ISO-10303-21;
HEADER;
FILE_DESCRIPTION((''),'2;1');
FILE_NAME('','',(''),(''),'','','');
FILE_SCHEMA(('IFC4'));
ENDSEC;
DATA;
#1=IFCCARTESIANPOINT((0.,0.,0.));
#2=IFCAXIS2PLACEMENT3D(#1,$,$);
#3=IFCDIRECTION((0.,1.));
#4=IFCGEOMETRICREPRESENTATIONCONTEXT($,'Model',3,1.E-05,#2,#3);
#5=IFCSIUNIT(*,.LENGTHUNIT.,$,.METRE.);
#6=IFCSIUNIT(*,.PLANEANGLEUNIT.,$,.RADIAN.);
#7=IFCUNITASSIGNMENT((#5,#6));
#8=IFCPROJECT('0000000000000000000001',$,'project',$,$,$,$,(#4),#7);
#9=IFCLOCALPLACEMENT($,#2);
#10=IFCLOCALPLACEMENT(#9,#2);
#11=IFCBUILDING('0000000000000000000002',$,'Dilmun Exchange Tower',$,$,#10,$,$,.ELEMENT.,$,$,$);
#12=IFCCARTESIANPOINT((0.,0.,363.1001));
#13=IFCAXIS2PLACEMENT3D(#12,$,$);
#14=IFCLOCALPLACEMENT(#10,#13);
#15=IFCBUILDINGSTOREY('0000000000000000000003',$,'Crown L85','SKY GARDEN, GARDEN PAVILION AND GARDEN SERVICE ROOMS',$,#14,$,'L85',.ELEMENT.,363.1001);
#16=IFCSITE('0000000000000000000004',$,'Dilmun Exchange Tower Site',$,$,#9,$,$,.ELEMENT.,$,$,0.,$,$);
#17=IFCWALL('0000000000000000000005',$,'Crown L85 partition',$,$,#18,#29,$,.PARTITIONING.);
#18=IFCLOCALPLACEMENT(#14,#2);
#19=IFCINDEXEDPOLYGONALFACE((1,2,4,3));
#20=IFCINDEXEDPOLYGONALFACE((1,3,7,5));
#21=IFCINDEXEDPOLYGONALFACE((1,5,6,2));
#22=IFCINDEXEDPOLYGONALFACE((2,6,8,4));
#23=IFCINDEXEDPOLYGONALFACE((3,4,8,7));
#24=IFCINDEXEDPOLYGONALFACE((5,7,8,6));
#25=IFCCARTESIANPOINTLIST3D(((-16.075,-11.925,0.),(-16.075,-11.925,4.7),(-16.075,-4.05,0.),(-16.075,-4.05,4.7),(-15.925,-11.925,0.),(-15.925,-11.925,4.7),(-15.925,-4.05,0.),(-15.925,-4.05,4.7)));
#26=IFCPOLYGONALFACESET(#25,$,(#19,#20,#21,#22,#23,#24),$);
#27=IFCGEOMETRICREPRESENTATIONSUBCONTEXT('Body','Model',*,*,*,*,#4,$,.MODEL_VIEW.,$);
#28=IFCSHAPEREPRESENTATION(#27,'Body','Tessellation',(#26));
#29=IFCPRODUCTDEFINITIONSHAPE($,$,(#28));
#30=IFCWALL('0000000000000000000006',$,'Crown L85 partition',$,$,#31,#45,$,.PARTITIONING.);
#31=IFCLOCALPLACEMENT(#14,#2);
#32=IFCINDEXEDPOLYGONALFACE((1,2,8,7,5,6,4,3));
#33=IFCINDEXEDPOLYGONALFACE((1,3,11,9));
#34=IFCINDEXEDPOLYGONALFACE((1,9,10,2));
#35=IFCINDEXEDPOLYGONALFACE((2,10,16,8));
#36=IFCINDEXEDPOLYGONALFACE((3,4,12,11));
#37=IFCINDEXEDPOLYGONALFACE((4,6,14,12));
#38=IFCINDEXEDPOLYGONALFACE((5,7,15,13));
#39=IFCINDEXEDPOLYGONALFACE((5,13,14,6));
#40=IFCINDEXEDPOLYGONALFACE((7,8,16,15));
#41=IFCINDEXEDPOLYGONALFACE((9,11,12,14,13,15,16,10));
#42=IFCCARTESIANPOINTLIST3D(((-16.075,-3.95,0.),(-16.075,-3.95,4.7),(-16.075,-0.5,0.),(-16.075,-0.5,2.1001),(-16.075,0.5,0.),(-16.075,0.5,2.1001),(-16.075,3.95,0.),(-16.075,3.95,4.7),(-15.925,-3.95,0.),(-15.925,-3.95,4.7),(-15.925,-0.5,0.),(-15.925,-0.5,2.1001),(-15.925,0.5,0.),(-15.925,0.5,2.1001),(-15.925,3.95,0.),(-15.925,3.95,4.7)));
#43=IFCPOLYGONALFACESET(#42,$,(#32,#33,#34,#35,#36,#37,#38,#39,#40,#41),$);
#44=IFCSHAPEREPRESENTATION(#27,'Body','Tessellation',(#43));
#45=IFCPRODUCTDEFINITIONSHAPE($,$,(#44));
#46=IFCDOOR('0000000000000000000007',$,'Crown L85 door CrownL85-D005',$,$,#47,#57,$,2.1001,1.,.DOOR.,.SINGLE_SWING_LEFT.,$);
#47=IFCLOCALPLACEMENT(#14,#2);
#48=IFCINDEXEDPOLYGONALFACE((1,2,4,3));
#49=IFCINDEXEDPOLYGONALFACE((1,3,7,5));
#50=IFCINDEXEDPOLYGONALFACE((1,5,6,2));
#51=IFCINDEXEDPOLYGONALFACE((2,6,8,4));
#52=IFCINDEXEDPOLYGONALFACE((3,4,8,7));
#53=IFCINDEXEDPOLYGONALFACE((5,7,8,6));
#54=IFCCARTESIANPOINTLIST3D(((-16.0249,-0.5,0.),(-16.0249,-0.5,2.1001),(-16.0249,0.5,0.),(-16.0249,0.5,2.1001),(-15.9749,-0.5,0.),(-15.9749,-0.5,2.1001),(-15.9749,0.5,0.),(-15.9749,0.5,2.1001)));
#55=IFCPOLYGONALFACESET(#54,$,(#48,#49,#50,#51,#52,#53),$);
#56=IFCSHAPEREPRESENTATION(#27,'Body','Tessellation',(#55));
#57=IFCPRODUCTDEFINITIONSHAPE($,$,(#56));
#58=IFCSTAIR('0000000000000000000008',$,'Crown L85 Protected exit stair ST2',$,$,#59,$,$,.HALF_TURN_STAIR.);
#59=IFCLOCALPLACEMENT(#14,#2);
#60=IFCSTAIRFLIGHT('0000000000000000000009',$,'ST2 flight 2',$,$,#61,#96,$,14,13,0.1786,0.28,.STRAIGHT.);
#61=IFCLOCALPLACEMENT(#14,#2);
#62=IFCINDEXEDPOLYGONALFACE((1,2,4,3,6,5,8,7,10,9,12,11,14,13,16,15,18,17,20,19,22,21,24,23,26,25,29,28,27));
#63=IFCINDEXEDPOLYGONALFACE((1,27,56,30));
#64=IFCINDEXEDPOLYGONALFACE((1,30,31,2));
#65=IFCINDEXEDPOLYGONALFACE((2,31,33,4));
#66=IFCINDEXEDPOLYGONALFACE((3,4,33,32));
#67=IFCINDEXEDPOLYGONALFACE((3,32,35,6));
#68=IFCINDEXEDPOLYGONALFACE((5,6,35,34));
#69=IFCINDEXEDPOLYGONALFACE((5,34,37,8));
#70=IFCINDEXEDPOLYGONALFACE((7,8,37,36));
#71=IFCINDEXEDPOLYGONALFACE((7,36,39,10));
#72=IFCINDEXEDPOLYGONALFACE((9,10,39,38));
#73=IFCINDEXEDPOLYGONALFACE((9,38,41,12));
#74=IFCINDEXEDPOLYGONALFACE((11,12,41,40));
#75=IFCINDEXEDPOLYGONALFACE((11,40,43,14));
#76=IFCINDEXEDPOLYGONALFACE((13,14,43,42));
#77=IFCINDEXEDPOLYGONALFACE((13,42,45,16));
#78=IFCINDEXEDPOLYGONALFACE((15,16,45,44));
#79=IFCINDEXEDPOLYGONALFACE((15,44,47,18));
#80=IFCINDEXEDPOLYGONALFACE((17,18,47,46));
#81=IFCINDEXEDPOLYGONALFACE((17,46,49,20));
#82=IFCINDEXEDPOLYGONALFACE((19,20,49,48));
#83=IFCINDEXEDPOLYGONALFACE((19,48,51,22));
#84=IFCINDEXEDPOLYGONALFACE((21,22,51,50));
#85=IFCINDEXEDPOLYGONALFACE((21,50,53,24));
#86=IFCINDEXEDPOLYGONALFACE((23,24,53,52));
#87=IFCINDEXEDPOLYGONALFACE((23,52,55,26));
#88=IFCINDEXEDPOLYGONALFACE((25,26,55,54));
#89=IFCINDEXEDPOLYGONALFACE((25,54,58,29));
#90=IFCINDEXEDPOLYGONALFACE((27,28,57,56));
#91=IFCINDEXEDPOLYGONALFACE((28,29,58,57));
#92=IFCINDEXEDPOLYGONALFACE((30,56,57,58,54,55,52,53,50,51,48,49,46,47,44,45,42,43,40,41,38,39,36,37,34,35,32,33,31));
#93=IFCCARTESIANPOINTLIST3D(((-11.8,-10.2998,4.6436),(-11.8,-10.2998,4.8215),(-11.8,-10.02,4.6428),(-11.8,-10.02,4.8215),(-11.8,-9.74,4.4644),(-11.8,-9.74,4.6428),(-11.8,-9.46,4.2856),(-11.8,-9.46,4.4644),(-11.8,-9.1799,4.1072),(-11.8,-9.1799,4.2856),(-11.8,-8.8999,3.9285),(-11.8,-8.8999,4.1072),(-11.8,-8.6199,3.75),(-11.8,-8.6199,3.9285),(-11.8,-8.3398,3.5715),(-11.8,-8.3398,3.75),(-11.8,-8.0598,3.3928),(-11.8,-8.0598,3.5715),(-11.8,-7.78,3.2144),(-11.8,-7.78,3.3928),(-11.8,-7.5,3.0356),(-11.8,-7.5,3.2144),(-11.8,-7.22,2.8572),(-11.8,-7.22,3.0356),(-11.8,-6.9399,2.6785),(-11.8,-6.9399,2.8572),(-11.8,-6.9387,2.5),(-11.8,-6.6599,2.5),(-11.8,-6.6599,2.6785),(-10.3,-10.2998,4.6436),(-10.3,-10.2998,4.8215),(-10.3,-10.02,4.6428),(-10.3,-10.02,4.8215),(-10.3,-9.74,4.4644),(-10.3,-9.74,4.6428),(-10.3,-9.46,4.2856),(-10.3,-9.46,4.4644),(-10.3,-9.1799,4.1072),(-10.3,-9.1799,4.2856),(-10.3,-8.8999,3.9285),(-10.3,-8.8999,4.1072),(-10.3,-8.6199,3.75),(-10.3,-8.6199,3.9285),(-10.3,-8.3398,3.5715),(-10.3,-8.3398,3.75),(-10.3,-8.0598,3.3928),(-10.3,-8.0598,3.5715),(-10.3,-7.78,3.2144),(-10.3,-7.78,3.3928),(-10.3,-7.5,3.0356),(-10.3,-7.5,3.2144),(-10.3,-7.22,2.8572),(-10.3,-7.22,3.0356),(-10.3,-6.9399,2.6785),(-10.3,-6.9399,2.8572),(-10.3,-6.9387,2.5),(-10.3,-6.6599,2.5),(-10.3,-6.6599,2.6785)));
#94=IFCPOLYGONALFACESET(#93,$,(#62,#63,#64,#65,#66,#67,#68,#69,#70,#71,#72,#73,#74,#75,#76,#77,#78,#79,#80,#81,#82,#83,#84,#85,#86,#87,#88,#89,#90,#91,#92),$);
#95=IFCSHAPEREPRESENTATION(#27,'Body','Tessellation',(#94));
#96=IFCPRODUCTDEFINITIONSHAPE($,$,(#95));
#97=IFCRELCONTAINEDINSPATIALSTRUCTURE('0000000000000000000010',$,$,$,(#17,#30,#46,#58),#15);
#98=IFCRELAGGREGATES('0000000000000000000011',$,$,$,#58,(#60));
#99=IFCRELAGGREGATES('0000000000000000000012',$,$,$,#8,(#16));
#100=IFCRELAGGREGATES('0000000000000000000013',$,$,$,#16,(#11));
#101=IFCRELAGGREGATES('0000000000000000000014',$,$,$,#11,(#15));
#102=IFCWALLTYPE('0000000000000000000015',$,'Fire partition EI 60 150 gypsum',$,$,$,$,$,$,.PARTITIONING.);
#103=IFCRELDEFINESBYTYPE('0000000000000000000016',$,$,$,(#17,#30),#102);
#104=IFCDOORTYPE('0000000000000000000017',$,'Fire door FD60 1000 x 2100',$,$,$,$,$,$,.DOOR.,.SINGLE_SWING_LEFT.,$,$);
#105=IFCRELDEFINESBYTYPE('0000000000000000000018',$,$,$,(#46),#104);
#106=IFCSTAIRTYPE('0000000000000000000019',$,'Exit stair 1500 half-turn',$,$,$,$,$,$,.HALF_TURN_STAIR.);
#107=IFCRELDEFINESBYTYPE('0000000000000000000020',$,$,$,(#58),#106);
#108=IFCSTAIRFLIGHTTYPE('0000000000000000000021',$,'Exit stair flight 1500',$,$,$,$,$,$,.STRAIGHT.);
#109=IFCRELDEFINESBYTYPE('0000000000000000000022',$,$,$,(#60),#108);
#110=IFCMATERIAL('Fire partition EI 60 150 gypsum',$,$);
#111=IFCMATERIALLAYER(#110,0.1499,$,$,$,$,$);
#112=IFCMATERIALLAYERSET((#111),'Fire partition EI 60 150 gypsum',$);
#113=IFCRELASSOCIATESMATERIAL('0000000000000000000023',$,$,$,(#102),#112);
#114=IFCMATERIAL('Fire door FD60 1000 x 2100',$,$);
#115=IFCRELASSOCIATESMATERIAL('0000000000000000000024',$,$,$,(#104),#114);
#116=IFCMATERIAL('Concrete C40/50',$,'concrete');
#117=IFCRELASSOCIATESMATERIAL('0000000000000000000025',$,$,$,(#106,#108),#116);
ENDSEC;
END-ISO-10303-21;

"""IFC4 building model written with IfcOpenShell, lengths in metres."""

from ifc_helpers import new_model, si_unit, direction, frame, frame_2d, origin, place, context, subcontext, project, spatial, polyline, rectangle, outline, extrude, material, layer, layer_set, type_object, element, fill, aggregate, save


model = new_model("IFC4")

# Units and contexts
model_context = context("Model", 3, precision=1e-05, world=origin(), true_north=direction((0.0, 1.0)))
body_context = subcontext(model_context, "Body", "Model", "MODEL_VIEW")
ifc_project = project(units=[si_unit("LENGTHUNIT", "METRE"), si_unit("PLANEANGLEUNIT", "RADIAN")], contexts=[model_context])

# Site, building, storey
site_placement = place(None, origin())
site = spatial("IfcSite", under=ifc_project, at=site_placement, Name="Dilmun Exchange Tower Site", CompositionType="ELEMENT", RefElevation=0.0)
building_placement = place(site_placement, origin())
building = spatial("IfcBuilding", under=site, at=building_placement, Name="Dilmun Exchange Tower", CompositionType="ELEMENT")
storey_placement = place(building_placement, frame((0.0, 0.0, 363.1001)))
storey = spatial("IfcBuildingStorey", under=building, at=storey_placement, Name="Crown L85", Description="SKY GARDEN, GARDEN PAVILION AND GARDEN SERVICE ROOMS", LongName="L85", CompositionType="ELEMENT", Elevation=363.1001)

# Shared definitions
ifc_material_1 = material(Name="Concrete C40/50", Category="concrete")

# Wall
ifc_material_2 = material(Name="Fire partition EI 60 150 gypsum")
ifc_layer_1 = layer(ifc_material_2, 0.1499)
ifc_layer_set_1 = layer_set([ifc_layer_1], Name="Fire partition EI 60 150 gypsum")
wall_type_1 = type_object("IfcWallType", Name="Fire partition EI 60 150 gypsum", PredefinedType="PARTITIONING", material=ifc_layer_set_1)
wall_1_placement = place(storey_placement, frame((-16.0, -11.925, 0.0), z_axis=(0.0, 0.0, 1.0), x_axis=(0.0, 1.0, 0.0)))
element("IfcWall", 1, at=wall_1_placement, inside=storey, type_object=wall_type_1, Name="Crown L85 partition", PredefinedType="PARTITIONING", context=body_context, shape_type="SweptSolid", body=[
    extrude(rectangle(XDim=7.875, YDim=0.1499, at=frame_2d((3.9375, 0.0))), origin(), (0.0, 0.0, 1.0), 4.7),
])

# Wall, opening, door
wall_2_placement = place(storey_placement, frame((-16.0, -3.95, 0.0), z_axis=(0.0, 0.0, 1.0), x_axis=(0.0, 1.0, 0.0)))
wall_2 = element("IfcWall", 2, at=wall_2_placement, inside=storey, type_object=wall_type_1, Name="Crown L85 partition", PredefinedType="PARTITIONING", context=body_context, shape_type="SweptSolid", body=[
    extrude(rectangle(XDim=7.8999, YDim=0.1499, at=frame_2d((3.95, 0.0))), origin(), (0.0, 0.0, 1.0), 4.7),
])
opening_1_placement = place(wall_2_placement, frame((3.45, 0.0, 0.0)))
opening_1 = element("IfcOpeningElement", 3, at=opening_1_placement, cuts=wall_2, PredefinedType="OPENING", context=body_context, shape_type="SweptSolid", body=[
    extrude(rectangle(XDim=1.0, YDim=2.1001, at=frame_2d((0.5, 1.05))), frame((0.0, 0.085, 0.0), z_axis=(0.0, -1.0, 0.0), x_axis=(1.0, 0.0, 0.0)), (0.0, 0.0, 1.0), 0.1699),
])
ifc_material_3 = material(Name="Fire door FD60 1000 x 2100")
door_type_1 = type_object("IfcDoorType", Name="Fire door FD60 1000 x 2100", OperationType="SINGLE_SWING_LEFT", PredefinedType="DOOR", material=ifc_material_3)
door_1_placement = place(opening_1_placement, origin())
door_1 = element("IfcDoor", 4, at=door_1_placement, inside=storey, type_object=door_type_1, Name="Crown L85 door CrownL85-D005", OperationType="SINGLE_SWING_LEFT", OverallHeight=2.1001, OverallWidth=1.0, PredefinedType="DOOR", context=body_context, shape_type="SweptSolid", body=[
    extrude(rectangle(XDim=1.0, YDim=2.1001, at=frame_2d((0.5, 1.05))), frame((0.0, 0.0249, 0.0), z_axis=(0.0, -1.0, 0.0), x_axis=(1.0, 0.0, 0.0)), (0.0, 0.0, 1.0), 0.05),
])
fill(opening_1, door_1)

# Stair, stair flight
stair_type = type_object("IfcStairType", Name="Exit stair 1500 half-turn", PredefinedType="HALF_TURN_STAIR", material=ifc_material_1)
stair_placement = place(storey_placement, origin())
stair = element("IfcStair", 5, at=stair_placement, inside=storey, type_object=stair_type, Name="Crown L85 Protected exit stair ST2", PredefinedType="HALF_TURN_STAIR")
stair_flight_type = type_object("IfcStairFlightType", Name="Exit stair flight 1500", PredefinedType="STRAIGHT", material=ifc_material_1)
stair_flight_placement = place(storey_placement, frame((-11.05, -6.6599, 2.5), z_axis=(0.0, 0.0, 1.0), x_axis=(0.0, -1.0, 0.0)))
stair_flight = element("IfcStairFlight", 6, at=stair_flight_placement, type_object=stair_flight_type, Name="ST2 flight 2", NumberOfRisers=14, NumberOfTreads=13, PredefinedType="STRAIGHT", RiserHeight=0.1786, TreadLength=0.28, context=body_context, shape_type="SweptSolid", body=[
    extrude(outline(polyline([(0.0, 0.0), (0.0, 0.1785), (0.28, 0.1785), (0.28, 0.3572), (0.5601, 0.3572), (0.5601, 0.5356), (0.8401, 0.5356), (0.8401, 0.7144), (1.1201, 0.7144), (1.1201, 0.8928), (1.3999, 0.8928), (1.3999, 1.0715), (1.6799, 1.0715), (1.6799, 1.25), (1.96, 1.25), (1.96, 1.4285), (2.24, 1.4285), (2.24, 1.6072), (2.52, 1.6072), (2.52, 1.7856), (2.8, 1.7856), (2.8, 1.9644), (3.0801, 1.9644), (3.0801, 2.1428), (3.3601, 2.1428), (3.3601, 2.3215), (3.6399, 2.3215), (3.6399, 2.5), (3.6399, 2.1436), (0.2788, 0.0), (0.0, 0.0)])), frame((0.0, 0.75, 0.0), z_axis=(0.0, -1.0, 0.0), x_axis=(1.0, 0.0, 0.0)), (0.0, 0.0, 1.0), 1.5),
])
aggregate(stair, [stair_flight])

save(model, "model.ifc")
